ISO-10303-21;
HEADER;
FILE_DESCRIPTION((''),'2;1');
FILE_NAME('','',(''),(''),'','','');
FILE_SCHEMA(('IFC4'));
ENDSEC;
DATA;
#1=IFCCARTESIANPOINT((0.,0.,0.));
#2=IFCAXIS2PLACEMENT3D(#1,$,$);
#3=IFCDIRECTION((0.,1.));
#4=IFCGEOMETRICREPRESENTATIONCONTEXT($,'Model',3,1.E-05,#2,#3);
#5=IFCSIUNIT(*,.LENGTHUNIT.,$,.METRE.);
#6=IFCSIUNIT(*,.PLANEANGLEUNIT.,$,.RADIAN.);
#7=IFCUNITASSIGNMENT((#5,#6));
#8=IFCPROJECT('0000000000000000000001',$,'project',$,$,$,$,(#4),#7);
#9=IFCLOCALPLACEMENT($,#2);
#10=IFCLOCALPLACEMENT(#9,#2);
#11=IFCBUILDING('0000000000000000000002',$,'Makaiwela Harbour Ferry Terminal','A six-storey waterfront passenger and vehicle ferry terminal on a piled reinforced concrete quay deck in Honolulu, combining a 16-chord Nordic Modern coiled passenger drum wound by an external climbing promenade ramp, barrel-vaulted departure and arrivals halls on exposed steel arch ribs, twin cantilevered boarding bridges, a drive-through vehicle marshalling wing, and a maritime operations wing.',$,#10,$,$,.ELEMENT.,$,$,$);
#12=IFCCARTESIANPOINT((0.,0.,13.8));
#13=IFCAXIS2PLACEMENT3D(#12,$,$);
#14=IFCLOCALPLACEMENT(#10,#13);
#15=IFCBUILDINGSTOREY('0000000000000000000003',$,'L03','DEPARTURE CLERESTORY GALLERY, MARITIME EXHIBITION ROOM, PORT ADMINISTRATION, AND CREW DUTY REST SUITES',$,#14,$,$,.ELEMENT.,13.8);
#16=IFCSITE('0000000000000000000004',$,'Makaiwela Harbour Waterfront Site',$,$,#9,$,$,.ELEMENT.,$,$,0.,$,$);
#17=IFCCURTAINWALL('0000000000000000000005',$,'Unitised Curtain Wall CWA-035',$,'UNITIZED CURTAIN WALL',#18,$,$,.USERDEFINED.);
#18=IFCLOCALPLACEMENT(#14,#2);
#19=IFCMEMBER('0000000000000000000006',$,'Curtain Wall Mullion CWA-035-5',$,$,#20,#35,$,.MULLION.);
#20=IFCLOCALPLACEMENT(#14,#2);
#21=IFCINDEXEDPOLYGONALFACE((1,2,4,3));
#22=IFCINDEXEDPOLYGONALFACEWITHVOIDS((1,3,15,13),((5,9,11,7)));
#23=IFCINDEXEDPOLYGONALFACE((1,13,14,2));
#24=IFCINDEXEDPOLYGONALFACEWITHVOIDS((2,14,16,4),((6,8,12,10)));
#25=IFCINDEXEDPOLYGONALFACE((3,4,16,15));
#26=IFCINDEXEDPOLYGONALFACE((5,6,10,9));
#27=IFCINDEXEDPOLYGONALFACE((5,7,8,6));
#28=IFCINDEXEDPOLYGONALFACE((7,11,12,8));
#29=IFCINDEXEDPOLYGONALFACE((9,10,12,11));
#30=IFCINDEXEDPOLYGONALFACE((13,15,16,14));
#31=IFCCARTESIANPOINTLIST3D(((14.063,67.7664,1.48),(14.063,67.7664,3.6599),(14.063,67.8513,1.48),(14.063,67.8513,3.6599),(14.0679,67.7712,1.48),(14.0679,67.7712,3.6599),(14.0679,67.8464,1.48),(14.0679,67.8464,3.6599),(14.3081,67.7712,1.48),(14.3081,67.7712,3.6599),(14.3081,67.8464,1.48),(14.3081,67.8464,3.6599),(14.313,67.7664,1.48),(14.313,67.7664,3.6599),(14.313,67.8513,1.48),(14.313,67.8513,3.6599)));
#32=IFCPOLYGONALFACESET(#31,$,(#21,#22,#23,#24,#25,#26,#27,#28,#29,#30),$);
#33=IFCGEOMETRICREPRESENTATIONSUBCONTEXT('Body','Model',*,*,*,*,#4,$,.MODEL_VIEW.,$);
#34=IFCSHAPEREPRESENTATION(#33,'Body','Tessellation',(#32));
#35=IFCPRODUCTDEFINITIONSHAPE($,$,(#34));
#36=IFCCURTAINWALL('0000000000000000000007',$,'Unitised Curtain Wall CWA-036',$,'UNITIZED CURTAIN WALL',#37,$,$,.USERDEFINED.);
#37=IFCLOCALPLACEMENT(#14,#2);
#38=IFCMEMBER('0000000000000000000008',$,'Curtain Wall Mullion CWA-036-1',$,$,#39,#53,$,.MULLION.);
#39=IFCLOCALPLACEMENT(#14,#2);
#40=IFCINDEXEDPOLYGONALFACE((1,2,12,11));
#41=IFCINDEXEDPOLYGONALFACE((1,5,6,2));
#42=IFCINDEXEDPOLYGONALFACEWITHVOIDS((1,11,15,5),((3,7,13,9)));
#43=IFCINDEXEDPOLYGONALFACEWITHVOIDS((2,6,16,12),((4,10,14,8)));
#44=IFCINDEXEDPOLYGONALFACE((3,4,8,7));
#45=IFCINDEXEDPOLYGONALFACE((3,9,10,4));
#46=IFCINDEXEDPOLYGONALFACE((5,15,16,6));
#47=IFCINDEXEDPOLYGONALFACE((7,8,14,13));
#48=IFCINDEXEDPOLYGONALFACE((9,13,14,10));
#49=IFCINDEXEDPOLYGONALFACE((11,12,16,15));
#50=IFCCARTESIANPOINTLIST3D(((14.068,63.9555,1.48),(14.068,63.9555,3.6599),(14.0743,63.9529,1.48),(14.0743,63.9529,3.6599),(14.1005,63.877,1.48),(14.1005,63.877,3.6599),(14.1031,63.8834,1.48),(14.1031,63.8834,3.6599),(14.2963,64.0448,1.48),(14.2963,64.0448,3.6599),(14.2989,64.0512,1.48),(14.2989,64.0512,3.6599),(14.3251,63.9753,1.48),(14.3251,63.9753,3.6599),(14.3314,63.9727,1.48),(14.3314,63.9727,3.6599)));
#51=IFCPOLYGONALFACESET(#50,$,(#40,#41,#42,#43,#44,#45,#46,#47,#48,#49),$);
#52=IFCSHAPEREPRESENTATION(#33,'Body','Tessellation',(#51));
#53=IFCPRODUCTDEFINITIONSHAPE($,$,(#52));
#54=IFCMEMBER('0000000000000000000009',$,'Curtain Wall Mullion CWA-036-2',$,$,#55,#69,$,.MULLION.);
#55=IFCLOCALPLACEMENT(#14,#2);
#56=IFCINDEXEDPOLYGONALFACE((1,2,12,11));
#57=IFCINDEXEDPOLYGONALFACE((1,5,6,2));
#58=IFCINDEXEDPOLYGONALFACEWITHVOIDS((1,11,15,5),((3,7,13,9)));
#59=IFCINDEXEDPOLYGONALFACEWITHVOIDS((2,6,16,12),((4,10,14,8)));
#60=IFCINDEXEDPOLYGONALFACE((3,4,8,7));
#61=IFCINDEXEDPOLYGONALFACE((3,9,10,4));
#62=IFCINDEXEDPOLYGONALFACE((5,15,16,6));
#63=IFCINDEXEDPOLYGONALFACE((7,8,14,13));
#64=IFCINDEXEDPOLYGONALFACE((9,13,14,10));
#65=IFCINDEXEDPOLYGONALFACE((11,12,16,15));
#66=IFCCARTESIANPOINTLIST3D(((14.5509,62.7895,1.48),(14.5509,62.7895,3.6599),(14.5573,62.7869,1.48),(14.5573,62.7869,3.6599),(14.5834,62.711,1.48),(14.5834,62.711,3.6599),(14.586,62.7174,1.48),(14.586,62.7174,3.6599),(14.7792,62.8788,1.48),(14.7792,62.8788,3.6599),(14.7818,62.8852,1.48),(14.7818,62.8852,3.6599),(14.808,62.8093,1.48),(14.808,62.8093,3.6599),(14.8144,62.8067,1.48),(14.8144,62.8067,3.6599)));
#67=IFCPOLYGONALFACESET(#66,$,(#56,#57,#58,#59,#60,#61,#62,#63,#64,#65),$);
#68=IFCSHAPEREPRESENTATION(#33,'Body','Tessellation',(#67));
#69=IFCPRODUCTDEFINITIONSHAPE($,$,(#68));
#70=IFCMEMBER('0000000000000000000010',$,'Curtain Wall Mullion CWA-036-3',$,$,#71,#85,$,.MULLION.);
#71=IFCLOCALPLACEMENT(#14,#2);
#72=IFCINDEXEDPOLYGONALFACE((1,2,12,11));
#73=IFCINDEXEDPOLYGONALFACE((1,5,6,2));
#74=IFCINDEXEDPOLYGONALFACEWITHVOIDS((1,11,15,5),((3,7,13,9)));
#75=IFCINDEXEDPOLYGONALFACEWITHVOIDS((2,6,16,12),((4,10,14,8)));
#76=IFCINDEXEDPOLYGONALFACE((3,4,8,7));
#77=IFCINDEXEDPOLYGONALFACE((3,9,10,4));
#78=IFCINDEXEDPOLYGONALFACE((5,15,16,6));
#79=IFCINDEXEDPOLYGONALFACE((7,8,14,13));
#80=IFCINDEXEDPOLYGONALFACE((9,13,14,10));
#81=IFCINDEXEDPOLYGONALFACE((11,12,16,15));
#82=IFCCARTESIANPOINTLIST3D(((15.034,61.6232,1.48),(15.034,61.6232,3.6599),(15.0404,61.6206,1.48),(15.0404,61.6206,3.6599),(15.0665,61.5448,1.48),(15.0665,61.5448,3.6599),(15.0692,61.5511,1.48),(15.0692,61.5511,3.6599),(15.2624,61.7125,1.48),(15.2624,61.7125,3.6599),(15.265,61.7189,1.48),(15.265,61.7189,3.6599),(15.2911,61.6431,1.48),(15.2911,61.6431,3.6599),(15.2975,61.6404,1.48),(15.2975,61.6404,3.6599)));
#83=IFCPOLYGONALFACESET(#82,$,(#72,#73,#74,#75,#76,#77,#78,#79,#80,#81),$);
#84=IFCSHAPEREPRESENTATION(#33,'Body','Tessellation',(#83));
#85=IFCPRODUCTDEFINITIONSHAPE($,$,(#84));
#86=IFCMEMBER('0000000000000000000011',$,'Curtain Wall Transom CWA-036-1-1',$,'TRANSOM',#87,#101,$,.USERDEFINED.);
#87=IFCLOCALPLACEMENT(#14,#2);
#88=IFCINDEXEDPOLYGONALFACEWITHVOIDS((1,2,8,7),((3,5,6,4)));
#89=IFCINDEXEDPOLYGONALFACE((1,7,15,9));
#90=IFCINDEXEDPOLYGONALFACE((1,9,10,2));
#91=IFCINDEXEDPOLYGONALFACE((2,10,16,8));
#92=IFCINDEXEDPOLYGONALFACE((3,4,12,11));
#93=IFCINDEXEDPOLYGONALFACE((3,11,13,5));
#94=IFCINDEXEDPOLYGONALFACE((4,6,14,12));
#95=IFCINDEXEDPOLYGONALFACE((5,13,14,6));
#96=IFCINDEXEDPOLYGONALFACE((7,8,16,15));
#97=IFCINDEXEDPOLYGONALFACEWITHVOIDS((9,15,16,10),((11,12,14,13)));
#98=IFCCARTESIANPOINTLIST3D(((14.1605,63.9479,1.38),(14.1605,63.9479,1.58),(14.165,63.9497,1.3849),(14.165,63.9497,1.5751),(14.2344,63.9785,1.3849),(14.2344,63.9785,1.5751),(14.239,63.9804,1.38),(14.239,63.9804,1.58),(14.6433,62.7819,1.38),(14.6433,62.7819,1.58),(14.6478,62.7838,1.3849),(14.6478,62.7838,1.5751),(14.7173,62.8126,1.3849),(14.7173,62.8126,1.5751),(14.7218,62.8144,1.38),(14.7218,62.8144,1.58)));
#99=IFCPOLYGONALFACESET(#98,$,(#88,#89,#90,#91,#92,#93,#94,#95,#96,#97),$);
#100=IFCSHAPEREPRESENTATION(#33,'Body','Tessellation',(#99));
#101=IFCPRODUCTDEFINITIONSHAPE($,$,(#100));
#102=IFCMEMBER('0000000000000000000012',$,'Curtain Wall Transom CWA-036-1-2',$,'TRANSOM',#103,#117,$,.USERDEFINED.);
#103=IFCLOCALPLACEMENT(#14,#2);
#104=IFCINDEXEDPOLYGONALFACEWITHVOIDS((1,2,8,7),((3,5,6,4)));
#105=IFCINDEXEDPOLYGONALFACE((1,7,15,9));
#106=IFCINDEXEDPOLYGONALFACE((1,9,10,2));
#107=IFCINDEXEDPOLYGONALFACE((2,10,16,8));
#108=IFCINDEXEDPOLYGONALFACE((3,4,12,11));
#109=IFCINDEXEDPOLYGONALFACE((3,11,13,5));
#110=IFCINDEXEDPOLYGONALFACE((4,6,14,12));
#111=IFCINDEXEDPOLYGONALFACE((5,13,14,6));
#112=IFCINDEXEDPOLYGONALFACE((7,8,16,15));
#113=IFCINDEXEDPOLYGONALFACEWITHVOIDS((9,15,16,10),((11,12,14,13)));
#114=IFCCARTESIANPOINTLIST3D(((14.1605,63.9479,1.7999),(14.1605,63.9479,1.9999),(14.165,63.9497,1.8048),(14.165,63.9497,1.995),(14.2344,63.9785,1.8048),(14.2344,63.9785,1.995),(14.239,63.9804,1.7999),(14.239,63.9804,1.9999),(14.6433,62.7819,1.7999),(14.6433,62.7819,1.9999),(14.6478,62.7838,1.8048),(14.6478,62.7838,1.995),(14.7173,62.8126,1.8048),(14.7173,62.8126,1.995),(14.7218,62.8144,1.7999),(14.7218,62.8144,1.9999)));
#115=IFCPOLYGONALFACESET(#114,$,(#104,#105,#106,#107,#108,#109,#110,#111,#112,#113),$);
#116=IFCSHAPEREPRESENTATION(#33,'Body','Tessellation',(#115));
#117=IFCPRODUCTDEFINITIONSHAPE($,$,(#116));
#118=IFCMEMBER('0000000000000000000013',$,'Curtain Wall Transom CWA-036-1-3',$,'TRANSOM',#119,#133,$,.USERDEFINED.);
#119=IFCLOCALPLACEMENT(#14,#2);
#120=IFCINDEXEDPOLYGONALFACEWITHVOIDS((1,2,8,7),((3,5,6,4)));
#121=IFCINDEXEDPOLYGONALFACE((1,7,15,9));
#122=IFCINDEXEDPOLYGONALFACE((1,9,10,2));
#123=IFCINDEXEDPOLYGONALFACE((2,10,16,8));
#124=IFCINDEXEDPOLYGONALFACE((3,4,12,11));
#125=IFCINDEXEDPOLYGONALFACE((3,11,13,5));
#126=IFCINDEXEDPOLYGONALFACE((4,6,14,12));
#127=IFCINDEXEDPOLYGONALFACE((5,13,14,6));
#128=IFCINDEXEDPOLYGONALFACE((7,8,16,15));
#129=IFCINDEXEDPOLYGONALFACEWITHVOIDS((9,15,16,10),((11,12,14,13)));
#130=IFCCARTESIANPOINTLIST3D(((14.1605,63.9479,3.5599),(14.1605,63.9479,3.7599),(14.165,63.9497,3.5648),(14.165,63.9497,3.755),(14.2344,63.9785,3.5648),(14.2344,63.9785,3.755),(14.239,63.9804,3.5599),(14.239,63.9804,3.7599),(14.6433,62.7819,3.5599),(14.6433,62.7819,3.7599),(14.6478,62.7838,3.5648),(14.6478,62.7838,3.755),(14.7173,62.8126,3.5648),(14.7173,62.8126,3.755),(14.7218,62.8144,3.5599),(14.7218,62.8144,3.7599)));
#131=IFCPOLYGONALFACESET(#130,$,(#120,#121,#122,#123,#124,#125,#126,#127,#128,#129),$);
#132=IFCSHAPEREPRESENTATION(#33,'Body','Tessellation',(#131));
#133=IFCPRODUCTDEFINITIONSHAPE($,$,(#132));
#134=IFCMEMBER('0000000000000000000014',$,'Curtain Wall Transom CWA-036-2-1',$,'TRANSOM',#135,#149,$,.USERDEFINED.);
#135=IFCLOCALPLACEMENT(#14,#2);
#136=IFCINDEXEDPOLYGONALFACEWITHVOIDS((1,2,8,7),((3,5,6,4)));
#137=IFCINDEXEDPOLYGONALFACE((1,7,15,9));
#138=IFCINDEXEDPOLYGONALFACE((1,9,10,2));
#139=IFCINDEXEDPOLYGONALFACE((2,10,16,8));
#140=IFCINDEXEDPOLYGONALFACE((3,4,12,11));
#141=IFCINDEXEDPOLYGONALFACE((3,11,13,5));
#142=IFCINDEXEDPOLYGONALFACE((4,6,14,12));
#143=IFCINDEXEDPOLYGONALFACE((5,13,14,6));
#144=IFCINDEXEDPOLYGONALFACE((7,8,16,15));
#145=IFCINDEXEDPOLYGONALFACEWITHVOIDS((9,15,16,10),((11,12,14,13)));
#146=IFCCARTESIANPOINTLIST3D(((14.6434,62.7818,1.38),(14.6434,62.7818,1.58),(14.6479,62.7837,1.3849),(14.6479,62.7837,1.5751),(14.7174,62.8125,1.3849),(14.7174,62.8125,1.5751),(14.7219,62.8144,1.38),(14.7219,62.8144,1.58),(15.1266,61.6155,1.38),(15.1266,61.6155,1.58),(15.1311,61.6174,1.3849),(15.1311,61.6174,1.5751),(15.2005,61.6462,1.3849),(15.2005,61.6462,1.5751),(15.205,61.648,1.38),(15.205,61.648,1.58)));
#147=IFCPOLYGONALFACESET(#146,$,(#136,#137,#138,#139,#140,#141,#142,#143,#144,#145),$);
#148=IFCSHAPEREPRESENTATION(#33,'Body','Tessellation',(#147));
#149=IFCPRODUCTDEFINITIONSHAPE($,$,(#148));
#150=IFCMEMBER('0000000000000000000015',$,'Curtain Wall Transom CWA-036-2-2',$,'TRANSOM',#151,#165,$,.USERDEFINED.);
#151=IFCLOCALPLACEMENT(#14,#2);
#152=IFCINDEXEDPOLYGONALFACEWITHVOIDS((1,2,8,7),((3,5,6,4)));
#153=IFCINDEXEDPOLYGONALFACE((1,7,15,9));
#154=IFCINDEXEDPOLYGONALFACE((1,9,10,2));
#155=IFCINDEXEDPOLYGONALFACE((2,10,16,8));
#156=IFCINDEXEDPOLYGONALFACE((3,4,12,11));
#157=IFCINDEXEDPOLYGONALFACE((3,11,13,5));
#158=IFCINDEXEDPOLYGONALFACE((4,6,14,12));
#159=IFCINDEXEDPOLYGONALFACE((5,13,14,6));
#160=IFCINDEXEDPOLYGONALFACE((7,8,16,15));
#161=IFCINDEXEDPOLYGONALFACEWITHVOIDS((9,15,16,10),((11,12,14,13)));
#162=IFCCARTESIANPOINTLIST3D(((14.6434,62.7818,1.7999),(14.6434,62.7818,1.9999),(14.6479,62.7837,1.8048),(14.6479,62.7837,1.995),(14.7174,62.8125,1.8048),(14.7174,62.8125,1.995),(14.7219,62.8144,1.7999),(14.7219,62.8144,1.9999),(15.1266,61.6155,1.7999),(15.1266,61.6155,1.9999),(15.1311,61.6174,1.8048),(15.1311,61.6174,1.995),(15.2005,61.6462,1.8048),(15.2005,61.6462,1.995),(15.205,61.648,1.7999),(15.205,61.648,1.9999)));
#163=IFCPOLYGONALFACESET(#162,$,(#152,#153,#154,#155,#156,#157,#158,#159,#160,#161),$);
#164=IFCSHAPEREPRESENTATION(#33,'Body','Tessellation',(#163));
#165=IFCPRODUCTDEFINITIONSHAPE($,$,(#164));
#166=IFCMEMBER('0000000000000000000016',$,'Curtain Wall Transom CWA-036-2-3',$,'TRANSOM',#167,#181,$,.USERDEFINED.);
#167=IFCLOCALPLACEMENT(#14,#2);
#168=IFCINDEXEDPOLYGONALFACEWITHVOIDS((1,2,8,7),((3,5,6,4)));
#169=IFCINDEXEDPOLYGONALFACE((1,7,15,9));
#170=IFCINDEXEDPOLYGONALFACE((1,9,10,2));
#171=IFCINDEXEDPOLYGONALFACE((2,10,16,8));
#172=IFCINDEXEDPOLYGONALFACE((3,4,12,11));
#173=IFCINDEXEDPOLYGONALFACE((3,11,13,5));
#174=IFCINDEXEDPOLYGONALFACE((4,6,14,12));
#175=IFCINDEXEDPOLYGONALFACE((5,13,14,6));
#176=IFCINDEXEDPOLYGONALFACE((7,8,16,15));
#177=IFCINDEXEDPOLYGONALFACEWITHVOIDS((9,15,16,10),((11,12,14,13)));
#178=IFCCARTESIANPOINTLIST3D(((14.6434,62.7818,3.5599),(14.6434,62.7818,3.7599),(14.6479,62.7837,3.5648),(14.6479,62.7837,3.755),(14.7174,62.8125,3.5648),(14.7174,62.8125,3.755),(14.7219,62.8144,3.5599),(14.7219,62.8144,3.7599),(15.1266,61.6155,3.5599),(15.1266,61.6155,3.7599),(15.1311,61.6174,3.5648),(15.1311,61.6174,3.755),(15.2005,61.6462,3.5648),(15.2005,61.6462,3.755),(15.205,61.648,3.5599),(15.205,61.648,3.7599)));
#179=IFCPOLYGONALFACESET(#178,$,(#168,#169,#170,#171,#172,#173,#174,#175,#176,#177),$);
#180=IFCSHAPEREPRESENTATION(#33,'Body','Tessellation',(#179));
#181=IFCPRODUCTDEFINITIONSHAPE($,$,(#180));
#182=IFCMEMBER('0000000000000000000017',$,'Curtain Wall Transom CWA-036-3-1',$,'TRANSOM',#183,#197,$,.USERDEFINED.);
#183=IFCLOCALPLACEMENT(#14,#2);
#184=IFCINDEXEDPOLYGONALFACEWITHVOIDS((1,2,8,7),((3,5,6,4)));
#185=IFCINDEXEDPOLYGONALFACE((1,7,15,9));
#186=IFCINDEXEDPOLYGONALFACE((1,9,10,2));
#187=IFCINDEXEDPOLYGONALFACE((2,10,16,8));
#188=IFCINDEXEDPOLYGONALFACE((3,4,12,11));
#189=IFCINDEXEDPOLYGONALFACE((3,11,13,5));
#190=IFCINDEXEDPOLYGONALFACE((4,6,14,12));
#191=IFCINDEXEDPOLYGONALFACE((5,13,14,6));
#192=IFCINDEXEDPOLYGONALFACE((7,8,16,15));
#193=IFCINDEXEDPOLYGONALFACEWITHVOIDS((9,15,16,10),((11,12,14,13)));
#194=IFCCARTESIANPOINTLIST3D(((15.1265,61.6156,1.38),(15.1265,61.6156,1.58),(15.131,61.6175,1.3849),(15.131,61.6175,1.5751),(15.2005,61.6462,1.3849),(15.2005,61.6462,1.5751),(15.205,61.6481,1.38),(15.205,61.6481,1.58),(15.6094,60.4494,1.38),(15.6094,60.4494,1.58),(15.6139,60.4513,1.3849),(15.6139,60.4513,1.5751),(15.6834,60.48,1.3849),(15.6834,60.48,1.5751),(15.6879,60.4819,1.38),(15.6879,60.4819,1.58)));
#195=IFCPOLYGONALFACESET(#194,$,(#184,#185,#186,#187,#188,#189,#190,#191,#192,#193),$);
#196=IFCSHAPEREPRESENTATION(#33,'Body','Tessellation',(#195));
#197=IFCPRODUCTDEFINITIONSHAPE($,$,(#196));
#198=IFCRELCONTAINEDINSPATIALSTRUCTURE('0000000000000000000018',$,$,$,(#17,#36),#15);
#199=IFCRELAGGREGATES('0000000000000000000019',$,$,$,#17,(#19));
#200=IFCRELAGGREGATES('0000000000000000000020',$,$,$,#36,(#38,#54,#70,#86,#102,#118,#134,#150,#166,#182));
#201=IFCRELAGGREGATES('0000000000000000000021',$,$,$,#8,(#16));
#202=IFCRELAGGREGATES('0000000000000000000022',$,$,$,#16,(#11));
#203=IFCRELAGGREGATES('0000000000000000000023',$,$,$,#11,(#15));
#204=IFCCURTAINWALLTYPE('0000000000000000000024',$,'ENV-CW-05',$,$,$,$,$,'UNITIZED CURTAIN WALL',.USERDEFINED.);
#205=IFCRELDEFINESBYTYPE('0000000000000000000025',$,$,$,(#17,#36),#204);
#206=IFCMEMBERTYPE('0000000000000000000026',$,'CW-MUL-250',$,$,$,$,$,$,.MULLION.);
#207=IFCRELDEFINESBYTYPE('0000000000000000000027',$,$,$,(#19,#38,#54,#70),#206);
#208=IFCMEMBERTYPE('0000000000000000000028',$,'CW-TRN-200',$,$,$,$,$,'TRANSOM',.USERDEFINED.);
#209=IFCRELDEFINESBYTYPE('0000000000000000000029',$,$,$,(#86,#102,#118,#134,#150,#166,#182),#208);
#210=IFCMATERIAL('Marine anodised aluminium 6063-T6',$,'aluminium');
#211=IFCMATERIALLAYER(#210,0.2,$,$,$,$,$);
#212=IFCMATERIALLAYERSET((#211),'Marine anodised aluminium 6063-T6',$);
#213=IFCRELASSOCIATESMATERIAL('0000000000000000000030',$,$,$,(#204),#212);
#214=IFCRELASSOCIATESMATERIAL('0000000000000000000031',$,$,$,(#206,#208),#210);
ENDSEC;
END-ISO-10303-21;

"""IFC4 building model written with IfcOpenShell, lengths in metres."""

from ifc_helpers import new_model, si_unit, direction, frame, origin, origin_2d, place, context, subcontext, project, spatial, hollow_rectangle, extrude, material, layer, layer_set, material_profile, profile_set, type_object, element, aggregate, save


model = new_model("IFC4")

# Units and contexts
model_context = context("Model", 3, precision=1e-05, world=origin(), true_north=direction((0.0, 1.0)))
body_context = subcontext(model_context, "Body", "Model", "MODEL_VIEW")
ifc_project = project(units=[si_unit("LENGTHUNIT", "METRE"), si_unit("PLANEANGLEUNIT", "RADIAN")], contexts=[model_context])

# Site, building, storey
site_placement = place(None, origin())
site = spatial("IfcSite", under=ifc_project, at=site_placement, Name="Makaiwela Harbour Waterfront Site", CompositionType="ELEMENT", RefElevation=0.0)
building_placement = place(site_placement, origin())
building = spatial("IfcBuilding", under=site, at=building_placement, Name="Makaiwela Harbour Ferry Terminal", Description="A six-storey waterfront passenger and vehicle ferry terminal on a piled reinforced concrete quay deck in Honolulu, combining a 16-chord Nordic Modern coiled passenger drum wound by an external climbing promenade ramp, barrel-vaulted departure and arrivals halls on exposed steel arch ribs, twin cantilevered boarding bridges, a drive-through vehicle marshalling wing, and a maritime operations wing.", CompositionType="ELEMENT")
storey_placement = place(building_placement, frame((0.0, 0.0, 13.8)))
storey = spatial("IfcBuildingStorey", under=building, at=storey_placement, Name="L03", Description="DEPARTURE CLERESTORY GALLERY, MARITIME EXHIBITION ROOM, PORT ADMINISTRATION, AND CREW DUTY REST SUITES", CompositionType="ELEMENT", Elevation=13.8)

# Curtain wall, member
ifc_material_1 = material(Name="Marine anodised aluminium 6063-T6", Category="aluminium")
ifc_layer_1 = layer(ifc_material_1, 0.2)
ifc_layer_set_1 = layer_set([ifc_layer_1], Name="Marine anodised aluminium 6063-T6")
curtain_wall_type = type_object("IfcCurtainWallType", Name="ENV-CW-05", ElementType="UNITIZED CURTAIN WALL", PredefinedType="USERDEFINED", material=ifc_layer_set_1)
curtain_wall_1_placement = place(storey_placement, origin())
curtain_wall_1 = element("IfcCurtainWall", 1, at=curtain_wall_1_placement, inside=storey, type_object=curtain_wall_type, Name="Unitised Curtain Wall CWA-035", ObjectType="UNITIZED CURTAIN WALL", PredefinedType="USERDEFINED")
ifc_material_profile_1 = material_profile(ifc_material_1, hollow_rectangle(XDim=0.085, YDim=0.25, WallThickness=0.0049, at=origin_2d()), Name="CWM-250X85")
ifc_profile_set_1 = profile_set([ifc_material_profile_1], Name="Marine anodised aluminium 6063-T6")
member_type_1 = type_object("IfcMemberType", Name="CW-MUL-250", PredefinedType="MULLION", material=ifc_profile_set_1)
member_1_placement = place(storey_placement, frame((14.188, 67.8088, 1.48), z_axis=(0.0, 0.0, 1.0), x_axis=(0.0, 1.0, 0.0)))
member_1 = element("IfcMember", 2, at=member_1_placement, type_object=member_type_1, Name="Curtain Wall Mullion CWA-035-5", PredefinedType="MULLION", context=body_context, shape_type="SweptSolid", body=[
    extrude(hollow_rectangle(XDim=0.085, YDim=0.25, WallThickness=0.0049, at=origin_2d()), origin(), (0.0, 0.0, 1.0), 2.1799),
])

# Curtain wall, members
curtain_wall_2_placement = place(storey_placement, origin())
curtain_wall_2 = element("IfcCurtainWall", 3, at=curtain_wall_2_placement, inside=storey, type_object=curtain_wall_type, Name="Unitised Curtain Wall CWA-036", ObjectType="UNITIZED CURTAIN WALL", PredefinedType="USERDEFINED")
member_2_placement = place(storey_placement, frame((14.1997, 63.9641, 1.48), z_axis=(0.0, 0.0, 1.0), x_axis=(-0.382683, 0.92388, 0.0)))
member_2 = element("IfcMember", 4, at=member_2_placement, type_object=member_type_1, Name="Curtain Wall Mullion CWA-036-1", PredefinedType="MULLION", context=body_context, shape_type="SweptSolid", body=[
    extrude(hollow_rectangle(XDim=0.085, YDim=0.25, WallThickness=0.0049, at=origin_2d()), origin(), (0.0, 0.0, 1.0), 2.1799),
])
member_3_placement = place(storey_placement, frame((14.6826, 62.7981, 1.48), z_axis=(0.0, 0.0, 1.0), x_axis=(-0.382683, 0.92388, 0.0)))
member_3 = element("IfcMember", 5, at=member_3_placement, type_object=member_type_1, Name="Curtain Wall Mullion CWA-036-2", PredefinedType="MULLION", context=body_context, shape_type="SweptSolid", body=[
    extrude(hollow_rectangle(XDim=0.085, YDim=0.25, WallThickness=0.0049, at=origin_2d()), origin(), (0.0, 0.0, 1.0), 2.1799),
])
member_4_placement = place(storey_placement, frame((15.1658, 61.6318, 1.48), z_axis=(0.0, 0.0, 1.0), x_axis=(-0.382683, 0.92388, 0.0)))
member_4 = element("IfcMember", 6, at=member_4_placement, type_object=member_type_1, Name="Curtain Wall Mullion CWA-036-3", PredefinedType="MULLION", context=body_context, shape_type="SweptSolid", body=[
    extrude(hollow_rectangle(XDim=0.085, YDim=0.25, WallThickness=0.0049, at=origin_2d()), origin(), (0.0, 0.0, 1.0), 2.1799),
])
ifc_material_profile_2 = material_profile(ifc_material_1, hollow_rectangle(XDim=0.085, YDim=0.2, WallThickness=0.0049, at=origin_2d()), Name="CWT-200X85")
ifc_profile_set_2 = profile_set([ifc_material_profile_2], Name="Marine anodised aluminium 6063-T6")
member_type_2 = type_object("IfcMemberType", Name="CW-TRN-200", ElementType="TRANSOM", PredefinedType="USERDEFINED", material=ifc_profile_set_2)
member_5_placement = place(storey_placement, frame((14.1997, 63.9641, 1.48), z_axis=(0.382637, -0.923899, 0.0), x_axis=(0.923899, 0.382637, 0.0)))
member_5 = element("IfcMember", 7, at=member_5_placement, type_object=member_type_2, Name="Curtain Wall Transom CWA-036-1-1", ObjectType="TRANSOM", PredefinedType="USERDEFINED", context=body_context, shape_type="SweptSolid", body=[
    extrude(hollow_rectangle(XDim=0.085, YDim=0.2, WallThickness=0.0049, at=origin_2d()), origin(), (0.0, 0.0, 1.0), 1.262),
])
member_6_placement = place(storey_placement, frame((14.1997, 63.9641, 1.8999), z_axis=(0.382637, -0.923899, 0.0), x_axis=(0.923899, 0.382637, 0.0)))
member_6 = element("IfcMember", 8, at=member_6_placement, type_object=member_type_2, Name="Curtain Wall Transom CWA-036-1-2", ObjectType="TRANSOM", PredefinedType="USERDEFINED", context=body_context, shape_type="SweptSolid", body=[
    extrude(hollow_rectangle(XDim=0.085, YDim=0.2, WallThickness=0.0049, at=origin_2d()), origin(), (0.0, 0.0, 1.0), 1.262),
])
member_7_placement = place(storey_placement, frame((14.1997, 63.9641, 3.6599), z_axis=(0.382637, -0.923899, 0.0), x_axis=(0.923899, 0.382637, 0.0)))
member_7 = element("IfcMember", 9, at=member_7_placement, type_object=member_type_2, Name="Curtain Wall Transom CWA-036-1-3", ObjectType="TRANSOM", PredefinedType="USERDEFINED", context=body_context, shape_type="SweptSolid", body=[
    extrude(hollow_rectangle(XDim=0.085, YDim=0.2, WallThickness=0.0049, at=origin_2d()), origin(), (0.0, 0.0, 1.0), 1.262),
])
member_8_placement = place(storey_placement, frame((14.6826, 62.7981, 1.48), z_axis=(0.382733, -0.923859, 0.0), x_axis=(0.923859, 0.382733, 0.0)))
member_8 = element("IfcMember", 10, at=member_8_placement, type_object=member_type_2, Name="Curtain Wall Transom CWA-036-2-1", ObjectType="TRANSOM", PredefinedType="USERDEFINED", context=body_context, shape_type="SweptSolid", body=[
    extrude(hollow_rectangle(XDim=0.085, YDim=0.2, WallThickness=0.0049, at=origin_2d()), origin(), (0.0, 0.0, 1.0), 1.2625),
])
member_9_placement = place(storey_placement, frame((14.6826, 62.7981, 1.8999), z_axis=(0.382733, -0.923859, 0.0), x_axis=(0.923859, 0.382733, 0.0)))
member_9 = element("IfcMember", 11, at=member_9_placement, type_object=member_type_2, Name="Curtain Wall Transom CWA-036-2-2", ObjectType="TRANSOM", PredefinedType="USERDEFINED", context=body_context, shape_type="SweptSolid", body=[
    extrude(hollow_rectangle(XDim=0.085, YDim=0.2, WallThickness=0.0049, at=origin_2d()), origin(), (0.0, 0.0, 1.0), 1.2625),
])
member_10_placement = place(storey_placement, frame((14.6826, 62.7981, 3.6599), z_axis=(0.382733, -0.923859, 0.0), x_axis=(0.923859, 0.382733, 0.0)))
member_10 = element("IfcMember", 12, at=member_10_placement, type_object=member_type_2, Name="Curtain Wall Transom CWA-036-2-3", ObjectType="TRANSOM", PredefinedType="USERDEFINED", context=body_context, shape_type="SweptSolid", body=[
    extrude(hollow_rectangle(XDim=0.085, YDim=0.2, WallThickness=0.0049, at=origin_2d()), origin(), (0.0, 0.0, 1.0), 1.2625),
])
member_11_placement = place(storey_placement, frame((15.1658, 61.6318, 1.48), z_axis=(0.382568, -0.923927, 0.0), x_axis=(0.923927, 0.382568, 0.0)))
member_11 = element("IfcMember", 13, at=member_11_placement, type_object=member_type_2, Name="Curtain Wall Transom CWA-036-3-1", ObjectType="TRANSOM", PredefinedType="USERDEFINED", context=body_context, shape_type="SweptSolid", body=[
    extrude(hollow_rectangle(XDim=0.085, YDim=0.2, WallThickness=0.0049, at=origin_2d()), origin(), (0.0, 0.0, 1.0), 1.2622),
])

aggregate(curtain_wall_1, [member_1])
aggregate(curtain_wall_2, [member_2, member_3, member_4, member_5, member_6, member_7, member_8, member_9, member_10, member_11])

save(model, "model.ifc")
